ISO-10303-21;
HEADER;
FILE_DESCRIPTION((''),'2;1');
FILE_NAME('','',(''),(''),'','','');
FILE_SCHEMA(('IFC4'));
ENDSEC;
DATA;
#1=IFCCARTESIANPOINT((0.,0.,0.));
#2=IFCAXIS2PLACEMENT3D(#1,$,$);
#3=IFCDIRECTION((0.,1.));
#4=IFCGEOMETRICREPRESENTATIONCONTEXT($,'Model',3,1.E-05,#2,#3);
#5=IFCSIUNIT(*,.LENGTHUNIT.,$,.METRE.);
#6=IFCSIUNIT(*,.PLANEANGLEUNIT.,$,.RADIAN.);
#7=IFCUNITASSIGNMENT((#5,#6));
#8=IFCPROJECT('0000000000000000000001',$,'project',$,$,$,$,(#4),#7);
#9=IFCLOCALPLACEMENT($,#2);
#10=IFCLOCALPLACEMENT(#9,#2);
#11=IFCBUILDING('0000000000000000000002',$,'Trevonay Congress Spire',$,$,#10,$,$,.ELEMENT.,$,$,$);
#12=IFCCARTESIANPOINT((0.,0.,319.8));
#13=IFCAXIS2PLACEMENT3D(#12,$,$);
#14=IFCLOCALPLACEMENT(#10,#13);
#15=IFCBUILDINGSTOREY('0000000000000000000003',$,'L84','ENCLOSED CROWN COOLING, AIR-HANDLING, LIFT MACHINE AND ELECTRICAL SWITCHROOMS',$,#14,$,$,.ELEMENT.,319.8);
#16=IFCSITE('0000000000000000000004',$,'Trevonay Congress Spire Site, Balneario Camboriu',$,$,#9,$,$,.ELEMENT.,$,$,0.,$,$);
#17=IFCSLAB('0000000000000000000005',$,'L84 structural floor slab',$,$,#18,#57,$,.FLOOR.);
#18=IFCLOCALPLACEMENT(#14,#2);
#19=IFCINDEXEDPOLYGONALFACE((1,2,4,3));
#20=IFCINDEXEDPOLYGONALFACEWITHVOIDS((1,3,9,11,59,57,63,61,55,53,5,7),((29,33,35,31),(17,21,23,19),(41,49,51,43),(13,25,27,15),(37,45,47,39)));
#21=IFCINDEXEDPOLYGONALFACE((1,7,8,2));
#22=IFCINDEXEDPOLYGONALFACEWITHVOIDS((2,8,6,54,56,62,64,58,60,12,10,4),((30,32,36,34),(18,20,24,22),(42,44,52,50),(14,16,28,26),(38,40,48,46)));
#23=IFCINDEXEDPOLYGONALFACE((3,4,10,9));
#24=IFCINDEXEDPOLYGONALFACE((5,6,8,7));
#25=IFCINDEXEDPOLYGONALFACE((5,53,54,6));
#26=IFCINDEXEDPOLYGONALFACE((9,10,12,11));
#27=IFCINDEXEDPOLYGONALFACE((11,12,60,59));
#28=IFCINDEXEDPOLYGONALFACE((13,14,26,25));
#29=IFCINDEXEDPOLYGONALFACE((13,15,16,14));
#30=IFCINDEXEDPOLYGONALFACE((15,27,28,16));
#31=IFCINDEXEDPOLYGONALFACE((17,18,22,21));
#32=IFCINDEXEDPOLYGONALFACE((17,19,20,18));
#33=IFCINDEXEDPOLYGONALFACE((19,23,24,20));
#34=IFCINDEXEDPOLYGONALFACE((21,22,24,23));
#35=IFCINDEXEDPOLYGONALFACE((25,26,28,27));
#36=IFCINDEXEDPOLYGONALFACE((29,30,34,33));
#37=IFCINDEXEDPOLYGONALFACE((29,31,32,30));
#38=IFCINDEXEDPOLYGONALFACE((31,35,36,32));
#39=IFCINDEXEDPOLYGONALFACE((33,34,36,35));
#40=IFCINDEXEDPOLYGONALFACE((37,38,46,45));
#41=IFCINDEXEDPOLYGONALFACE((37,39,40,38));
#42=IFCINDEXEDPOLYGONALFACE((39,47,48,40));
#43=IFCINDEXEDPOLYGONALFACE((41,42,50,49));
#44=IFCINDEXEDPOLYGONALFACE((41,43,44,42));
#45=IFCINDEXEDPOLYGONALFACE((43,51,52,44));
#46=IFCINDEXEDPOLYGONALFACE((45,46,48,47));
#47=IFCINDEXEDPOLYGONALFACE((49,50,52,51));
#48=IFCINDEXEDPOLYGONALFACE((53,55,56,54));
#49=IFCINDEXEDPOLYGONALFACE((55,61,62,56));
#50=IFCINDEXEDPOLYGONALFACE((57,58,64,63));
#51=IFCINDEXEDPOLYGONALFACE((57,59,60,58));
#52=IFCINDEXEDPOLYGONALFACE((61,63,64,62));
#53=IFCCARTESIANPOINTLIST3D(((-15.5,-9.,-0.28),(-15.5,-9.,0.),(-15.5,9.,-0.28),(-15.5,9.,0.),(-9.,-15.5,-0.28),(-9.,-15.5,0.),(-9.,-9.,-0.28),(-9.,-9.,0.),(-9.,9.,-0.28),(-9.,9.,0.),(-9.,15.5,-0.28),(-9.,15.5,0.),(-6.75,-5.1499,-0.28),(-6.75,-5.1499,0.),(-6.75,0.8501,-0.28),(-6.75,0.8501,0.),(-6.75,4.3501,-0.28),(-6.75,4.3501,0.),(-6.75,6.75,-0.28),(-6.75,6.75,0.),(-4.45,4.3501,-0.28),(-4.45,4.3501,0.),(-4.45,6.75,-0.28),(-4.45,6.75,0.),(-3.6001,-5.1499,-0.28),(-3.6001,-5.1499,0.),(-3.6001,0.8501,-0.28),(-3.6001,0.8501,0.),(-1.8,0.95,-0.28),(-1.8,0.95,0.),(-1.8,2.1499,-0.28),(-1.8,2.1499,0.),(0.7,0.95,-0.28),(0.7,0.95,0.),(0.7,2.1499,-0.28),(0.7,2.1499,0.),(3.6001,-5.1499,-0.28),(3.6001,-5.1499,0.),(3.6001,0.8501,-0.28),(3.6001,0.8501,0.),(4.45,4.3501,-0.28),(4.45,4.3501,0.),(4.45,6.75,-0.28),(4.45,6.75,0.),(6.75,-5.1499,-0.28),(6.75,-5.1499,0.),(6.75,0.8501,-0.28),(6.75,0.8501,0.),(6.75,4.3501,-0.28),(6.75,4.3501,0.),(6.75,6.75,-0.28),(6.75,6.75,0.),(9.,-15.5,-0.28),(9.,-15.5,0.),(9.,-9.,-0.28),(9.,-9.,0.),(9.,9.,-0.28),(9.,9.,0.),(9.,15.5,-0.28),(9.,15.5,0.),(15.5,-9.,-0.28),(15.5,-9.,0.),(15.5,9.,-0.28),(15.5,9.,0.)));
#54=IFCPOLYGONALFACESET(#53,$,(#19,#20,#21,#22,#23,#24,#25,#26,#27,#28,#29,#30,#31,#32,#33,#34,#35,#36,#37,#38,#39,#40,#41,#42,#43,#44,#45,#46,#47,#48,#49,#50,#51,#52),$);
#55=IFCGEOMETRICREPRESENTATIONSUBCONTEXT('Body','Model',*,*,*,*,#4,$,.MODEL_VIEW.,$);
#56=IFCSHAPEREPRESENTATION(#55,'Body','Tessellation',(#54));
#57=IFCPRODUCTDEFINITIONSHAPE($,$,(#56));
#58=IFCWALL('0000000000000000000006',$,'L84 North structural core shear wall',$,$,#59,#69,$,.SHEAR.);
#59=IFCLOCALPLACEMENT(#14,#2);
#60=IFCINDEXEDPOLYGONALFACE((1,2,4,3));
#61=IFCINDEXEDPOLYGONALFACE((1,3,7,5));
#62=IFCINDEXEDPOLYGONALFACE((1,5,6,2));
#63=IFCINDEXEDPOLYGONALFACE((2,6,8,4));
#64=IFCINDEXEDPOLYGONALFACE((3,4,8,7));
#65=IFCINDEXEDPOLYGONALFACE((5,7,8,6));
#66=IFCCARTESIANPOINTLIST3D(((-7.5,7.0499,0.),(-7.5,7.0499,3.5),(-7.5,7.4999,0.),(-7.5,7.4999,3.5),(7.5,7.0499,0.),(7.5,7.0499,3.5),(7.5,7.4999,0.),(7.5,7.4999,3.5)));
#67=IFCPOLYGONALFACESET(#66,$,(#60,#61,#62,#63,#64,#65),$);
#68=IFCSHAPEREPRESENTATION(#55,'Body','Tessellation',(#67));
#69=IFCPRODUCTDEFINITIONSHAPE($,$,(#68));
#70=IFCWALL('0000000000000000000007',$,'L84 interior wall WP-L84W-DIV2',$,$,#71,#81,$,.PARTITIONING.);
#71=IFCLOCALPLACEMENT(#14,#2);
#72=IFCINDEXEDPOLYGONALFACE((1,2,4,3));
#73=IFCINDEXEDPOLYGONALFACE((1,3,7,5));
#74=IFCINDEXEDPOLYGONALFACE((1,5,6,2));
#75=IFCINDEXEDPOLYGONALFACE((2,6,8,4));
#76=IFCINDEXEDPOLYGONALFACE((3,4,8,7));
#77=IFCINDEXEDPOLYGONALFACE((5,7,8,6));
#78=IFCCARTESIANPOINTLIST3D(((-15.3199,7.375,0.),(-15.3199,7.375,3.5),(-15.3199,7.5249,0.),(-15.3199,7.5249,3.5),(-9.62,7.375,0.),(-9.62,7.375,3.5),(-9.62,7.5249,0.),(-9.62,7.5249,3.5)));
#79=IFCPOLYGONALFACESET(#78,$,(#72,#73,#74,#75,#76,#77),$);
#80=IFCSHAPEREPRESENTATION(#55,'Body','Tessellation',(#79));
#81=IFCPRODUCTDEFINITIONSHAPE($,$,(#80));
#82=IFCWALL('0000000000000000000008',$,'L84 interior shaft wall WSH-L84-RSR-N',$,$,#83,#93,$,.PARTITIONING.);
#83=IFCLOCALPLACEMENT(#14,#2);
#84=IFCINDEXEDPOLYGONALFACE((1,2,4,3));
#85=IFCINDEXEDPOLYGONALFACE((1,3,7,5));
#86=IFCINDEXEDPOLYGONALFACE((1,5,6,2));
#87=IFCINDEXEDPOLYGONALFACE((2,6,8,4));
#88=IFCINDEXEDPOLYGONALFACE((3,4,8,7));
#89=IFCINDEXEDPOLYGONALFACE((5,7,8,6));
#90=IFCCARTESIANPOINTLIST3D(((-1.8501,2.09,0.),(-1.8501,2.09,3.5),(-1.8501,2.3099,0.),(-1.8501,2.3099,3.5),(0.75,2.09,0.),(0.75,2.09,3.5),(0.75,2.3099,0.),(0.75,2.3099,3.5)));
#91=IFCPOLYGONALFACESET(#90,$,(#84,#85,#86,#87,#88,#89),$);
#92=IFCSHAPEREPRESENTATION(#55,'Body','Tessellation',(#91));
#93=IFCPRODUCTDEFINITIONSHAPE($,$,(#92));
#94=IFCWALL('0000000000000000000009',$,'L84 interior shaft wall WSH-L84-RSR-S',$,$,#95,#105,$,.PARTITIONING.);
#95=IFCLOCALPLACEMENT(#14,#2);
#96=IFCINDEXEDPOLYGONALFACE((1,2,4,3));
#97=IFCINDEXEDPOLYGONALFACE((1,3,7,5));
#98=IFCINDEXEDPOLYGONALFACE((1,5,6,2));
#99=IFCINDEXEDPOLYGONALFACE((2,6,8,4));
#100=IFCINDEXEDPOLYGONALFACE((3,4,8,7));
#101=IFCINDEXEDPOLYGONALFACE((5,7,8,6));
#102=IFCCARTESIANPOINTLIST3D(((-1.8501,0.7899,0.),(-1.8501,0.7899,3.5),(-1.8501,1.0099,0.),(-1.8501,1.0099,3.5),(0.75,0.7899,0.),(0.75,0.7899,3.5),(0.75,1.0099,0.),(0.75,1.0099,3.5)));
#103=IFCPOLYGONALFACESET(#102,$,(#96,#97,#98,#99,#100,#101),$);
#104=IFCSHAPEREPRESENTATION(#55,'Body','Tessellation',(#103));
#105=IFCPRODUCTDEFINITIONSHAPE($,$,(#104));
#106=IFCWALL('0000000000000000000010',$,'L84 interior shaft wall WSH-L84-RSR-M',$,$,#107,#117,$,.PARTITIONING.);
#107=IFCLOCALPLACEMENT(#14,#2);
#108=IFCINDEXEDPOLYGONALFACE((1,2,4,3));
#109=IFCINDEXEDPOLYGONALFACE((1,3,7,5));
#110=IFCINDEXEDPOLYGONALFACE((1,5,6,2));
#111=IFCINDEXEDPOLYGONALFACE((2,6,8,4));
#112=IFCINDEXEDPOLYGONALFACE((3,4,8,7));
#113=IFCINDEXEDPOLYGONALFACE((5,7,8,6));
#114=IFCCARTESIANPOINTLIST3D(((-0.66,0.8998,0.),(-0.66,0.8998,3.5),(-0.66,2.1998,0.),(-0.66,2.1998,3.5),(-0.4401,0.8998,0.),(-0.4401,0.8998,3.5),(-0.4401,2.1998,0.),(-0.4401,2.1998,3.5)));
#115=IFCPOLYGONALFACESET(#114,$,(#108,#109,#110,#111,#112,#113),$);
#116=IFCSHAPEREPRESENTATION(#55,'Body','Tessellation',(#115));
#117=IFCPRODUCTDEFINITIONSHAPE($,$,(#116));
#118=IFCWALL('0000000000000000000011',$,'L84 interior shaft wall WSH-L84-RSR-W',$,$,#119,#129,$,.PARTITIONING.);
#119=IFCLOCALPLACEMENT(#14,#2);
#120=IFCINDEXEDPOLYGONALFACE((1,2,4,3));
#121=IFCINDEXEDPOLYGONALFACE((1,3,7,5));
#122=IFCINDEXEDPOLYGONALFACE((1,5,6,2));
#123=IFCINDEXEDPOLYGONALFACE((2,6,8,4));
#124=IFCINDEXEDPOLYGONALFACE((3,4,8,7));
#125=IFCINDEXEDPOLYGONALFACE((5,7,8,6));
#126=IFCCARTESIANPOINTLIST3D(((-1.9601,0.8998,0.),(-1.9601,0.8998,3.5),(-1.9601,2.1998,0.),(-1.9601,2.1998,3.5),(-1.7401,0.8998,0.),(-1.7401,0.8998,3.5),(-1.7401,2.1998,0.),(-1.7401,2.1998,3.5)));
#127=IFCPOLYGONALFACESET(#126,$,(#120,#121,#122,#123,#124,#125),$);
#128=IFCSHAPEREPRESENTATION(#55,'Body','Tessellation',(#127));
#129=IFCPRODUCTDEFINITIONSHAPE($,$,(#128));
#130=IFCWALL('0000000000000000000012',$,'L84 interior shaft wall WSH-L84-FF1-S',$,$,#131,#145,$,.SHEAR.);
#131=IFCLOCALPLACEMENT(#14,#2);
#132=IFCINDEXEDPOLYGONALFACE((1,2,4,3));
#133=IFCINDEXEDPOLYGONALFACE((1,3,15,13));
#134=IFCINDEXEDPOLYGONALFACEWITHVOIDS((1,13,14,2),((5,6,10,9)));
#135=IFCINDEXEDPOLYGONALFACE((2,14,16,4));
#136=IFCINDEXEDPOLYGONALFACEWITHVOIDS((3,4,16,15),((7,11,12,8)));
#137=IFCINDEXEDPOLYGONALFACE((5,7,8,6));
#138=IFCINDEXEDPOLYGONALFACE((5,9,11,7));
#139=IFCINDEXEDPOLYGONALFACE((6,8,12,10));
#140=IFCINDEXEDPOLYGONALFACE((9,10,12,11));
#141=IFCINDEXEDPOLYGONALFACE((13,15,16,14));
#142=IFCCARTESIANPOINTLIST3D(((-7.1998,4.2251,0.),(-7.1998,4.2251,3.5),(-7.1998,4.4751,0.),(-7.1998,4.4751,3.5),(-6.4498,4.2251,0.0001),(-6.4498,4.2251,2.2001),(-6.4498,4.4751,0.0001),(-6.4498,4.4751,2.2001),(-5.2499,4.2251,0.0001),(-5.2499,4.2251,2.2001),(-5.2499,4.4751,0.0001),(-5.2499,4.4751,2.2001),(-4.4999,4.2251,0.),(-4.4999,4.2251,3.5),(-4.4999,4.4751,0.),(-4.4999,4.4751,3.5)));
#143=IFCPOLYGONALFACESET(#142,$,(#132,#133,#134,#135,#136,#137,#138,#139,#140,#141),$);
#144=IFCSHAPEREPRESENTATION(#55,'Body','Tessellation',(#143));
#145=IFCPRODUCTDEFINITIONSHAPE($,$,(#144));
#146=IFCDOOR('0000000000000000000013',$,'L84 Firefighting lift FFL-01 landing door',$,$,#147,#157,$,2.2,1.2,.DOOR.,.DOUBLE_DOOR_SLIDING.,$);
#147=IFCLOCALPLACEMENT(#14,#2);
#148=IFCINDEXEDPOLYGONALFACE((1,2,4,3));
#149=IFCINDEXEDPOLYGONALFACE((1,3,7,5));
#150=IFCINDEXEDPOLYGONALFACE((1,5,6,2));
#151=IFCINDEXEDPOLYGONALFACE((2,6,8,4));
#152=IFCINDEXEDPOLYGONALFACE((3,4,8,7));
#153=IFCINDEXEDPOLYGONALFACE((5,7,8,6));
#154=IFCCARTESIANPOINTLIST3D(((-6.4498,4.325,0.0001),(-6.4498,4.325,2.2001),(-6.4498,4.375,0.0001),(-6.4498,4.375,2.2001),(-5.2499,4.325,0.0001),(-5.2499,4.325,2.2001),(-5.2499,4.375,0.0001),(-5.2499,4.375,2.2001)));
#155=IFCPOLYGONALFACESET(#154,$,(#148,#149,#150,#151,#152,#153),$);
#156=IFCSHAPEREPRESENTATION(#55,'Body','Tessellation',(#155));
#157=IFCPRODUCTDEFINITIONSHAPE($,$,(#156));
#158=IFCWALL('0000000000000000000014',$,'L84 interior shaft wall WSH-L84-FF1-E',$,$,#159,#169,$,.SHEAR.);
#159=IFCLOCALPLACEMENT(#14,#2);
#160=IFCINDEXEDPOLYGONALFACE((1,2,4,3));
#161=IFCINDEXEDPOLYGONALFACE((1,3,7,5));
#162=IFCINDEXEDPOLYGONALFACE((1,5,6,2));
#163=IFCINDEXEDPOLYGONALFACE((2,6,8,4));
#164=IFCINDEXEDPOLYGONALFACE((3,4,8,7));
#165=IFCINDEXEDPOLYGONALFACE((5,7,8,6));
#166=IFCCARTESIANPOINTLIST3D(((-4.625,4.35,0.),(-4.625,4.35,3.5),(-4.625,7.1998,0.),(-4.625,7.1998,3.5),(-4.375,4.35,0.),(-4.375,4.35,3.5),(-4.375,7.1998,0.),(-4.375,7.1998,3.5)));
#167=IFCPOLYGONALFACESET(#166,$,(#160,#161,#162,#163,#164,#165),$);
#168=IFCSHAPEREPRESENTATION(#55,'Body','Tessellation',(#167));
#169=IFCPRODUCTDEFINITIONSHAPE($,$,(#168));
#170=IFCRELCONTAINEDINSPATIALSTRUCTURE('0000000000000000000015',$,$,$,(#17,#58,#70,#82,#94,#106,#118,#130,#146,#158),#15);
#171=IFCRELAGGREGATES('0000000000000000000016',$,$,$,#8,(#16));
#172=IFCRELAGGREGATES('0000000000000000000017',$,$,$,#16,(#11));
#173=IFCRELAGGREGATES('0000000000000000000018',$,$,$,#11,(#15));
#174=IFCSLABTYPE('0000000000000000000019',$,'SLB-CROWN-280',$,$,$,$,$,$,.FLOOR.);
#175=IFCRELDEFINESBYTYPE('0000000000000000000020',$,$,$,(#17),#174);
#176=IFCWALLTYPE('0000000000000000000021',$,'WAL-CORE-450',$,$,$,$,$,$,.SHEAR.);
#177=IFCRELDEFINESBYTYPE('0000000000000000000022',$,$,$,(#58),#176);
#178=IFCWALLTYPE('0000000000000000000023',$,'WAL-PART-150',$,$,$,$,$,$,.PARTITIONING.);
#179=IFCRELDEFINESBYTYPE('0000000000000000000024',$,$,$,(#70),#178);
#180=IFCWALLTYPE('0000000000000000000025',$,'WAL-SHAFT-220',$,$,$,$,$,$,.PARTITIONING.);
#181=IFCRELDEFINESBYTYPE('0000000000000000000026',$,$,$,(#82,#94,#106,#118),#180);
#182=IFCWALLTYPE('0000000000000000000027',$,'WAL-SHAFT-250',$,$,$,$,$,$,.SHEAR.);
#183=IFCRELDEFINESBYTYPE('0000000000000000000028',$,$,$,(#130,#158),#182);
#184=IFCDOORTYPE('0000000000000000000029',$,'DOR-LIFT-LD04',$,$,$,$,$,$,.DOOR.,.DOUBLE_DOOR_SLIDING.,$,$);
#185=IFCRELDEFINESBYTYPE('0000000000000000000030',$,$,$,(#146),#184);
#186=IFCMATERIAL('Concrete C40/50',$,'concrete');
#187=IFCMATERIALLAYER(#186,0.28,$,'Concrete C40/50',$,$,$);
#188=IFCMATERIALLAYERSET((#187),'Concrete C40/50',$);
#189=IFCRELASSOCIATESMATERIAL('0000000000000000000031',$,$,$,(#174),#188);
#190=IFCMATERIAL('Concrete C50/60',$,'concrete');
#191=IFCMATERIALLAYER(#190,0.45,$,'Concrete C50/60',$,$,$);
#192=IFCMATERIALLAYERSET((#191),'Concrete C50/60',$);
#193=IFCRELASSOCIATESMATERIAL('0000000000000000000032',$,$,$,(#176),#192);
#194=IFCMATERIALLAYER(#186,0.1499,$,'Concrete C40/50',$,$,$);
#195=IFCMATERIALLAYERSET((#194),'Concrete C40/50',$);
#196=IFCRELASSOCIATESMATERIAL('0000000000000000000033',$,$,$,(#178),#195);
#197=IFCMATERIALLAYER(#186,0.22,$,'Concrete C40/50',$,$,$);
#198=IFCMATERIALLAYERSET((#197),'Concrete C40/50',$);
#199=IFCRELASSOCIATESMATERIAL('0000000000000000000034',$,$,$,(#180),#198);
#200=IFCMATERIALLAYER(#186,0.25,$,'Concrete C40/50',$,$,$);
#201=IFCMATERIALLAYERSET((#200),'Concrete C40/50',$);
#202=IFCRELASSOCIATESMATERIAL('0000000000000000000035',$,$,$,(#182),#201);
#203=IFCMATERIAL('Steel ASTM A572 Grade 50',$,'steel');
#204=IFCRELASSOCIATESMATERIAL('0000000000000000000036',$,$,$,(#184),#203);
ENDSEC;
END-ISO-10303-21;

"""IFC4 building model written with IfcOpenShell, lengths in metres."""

from ifc_helpers import new_model, si_unit, direction, frame, frame_2d, origin, place, context, subcontext, project, spatial, polyline, rectangle, outline, extrude, material, layer, layer_set, type_object, element, fill, save


model = new_model("IFC4")

# Units and contexts
model_context = context("Model", 3, precision=1e-05, world=origin(), true_north=direction((0.0, 1.0)))
body_context = subcontext(model_context, "Body", "Model", "MODEL_VIEW")
ifc_project = project(units=[si_unit("LENGTHUNIT", "METRE"), si_unit("PLANEANGLEUNIT", "RADIAN")], contexts=[model_context])

# Site, building, storey
site_placement = place(None, origin())
site = spatial("IfcSite", under=ifc_project, at=site_placement, Name="Trevonay Congress Spire Site, Balneario Camboriu", CompositionType="ELEMENT", RefElevation=0.0)
building_placement = place(site_placement, origin())
building = spatial("IfcBuilding", under=site, at=building_placement, Name="Trevonay Congress Spire", CompositionType="ELEMENT")
storey_placement = place(building_placement, frame((0.0, 0.0, 319.8)))
storey = spatial("IfcBuildingStorey", under=building, at=storey_placement, Name="L84", Description="ENCLOSED CROWN COOLING, AIR-HANDLING, LIFT MACHINE AND ELECTRICAL SWITCHROOMS", CompositionType="ELEMENT", Elevation=319.8)

# Shared definitions
ifc_material_1 = material(Name="Steel ASTM A572 Grade 50", Category="steel")

# Slab
ifc_material_2 = material(Name="Concrete C40/50", Category="concrete")
ifc_layer_1 = layer(ifc_material_2, 0.28, Name="Concrete C40/50")
ifc_layer_set_1 = layer_set([ifc_layer_1], Name="Concrete C40/50")
slab_type = type_object("IfcSlabType", Name="SLB-CROWN-280", PredefinedType="FLOOR", material=ifc_layer_set_1)
slab_placement = place(storey_placement, frame((0.0, 0.0, -0.28)))
element("IfcSlab", 1, at=slab_placement, inside=storey, type_object=slab_type, Name="L84 structural floor slab", PredefinedType="FLOOR", context=body_context, shape_type="SweptSolid", body=[
    extrude(outline(polyline([(-9.0, -15.5), (9.0, -15.5), (9.0, -9.0), (15.5, -9.0), (15.5, 9.0), (9.0, 9.0), (9.0, 15.5), (-9.0, 15.5), (-9.0, 9.0), (-15.5, 9.0), (-15.5, -9.0), (-9.0, -9.0), (-9.0, -15.5)]), holes=[polyline([(-3.6001, -5.1499), (-3.6001, 0.8501), (-6.75, 0.8501), (-6.75, -5.1499), (-3.6001, -5.1499)]), polyline([(6.75, -5.1499), (6.75, 0.8501), (3.6001, 0.8501), (3.6001, -5.1499), (6.75, -5.1499)]), polyline([(-6.75, 4.3501), (-4.45, 4.3501), (-4.45, 6.75), (-6.75, 6.75), (-6.75, 4.3501)]), polyline([(4.45, 4.3501), (6.75, 4.3501), (6.75, 6.75), (4.45, 6.75), (4.45, 4.3501)]), polyline([(-1.8, 0.95), (0.7, 0.95), (0.7, 2.1499), (-1.8, 2.1499), (-1.8, 0.95)])]), origin(), (0.0, 0.0, 1.0), 0.28),
])

# Walls
ifc_material_3 = material(Name="Concrete C50/60", Category="concrete")
ifc_layer_2 = layer(ifc_material_3, 0.45, Name="Concrete C50/60")
ifc_layer_set_2 = layer_set([ifc_layer_2], Name="Concrete C50/60")
wall_type_1 = type_object("IfcWallType", Name="WAL-CORE-450", PredefinedType="SHEAR", material=ifc_layer_set_2)
wall_1_placement = place(storey_placement, frame((-7.5, 7.2749, 0.0), z_axis=(0.0, 0.0, 1.0), x_axis=(1.0, 0.0, 0.0)))
element("IfcWall", 2, at=wall_1_placement, inside=storey, type_object=wall_type_1, Name="L84 North structural core shear wall", PredefinedType="SHEAR", context=body_context, shape_type="SweptSolid", body=[
    extrude(rectangle(XDim=15.0, YDim=0.45, at=frame_2d((7.5, 0.0))), origin(), (0.0, 0.0, 1.0), 3.5),
])
ifc_layer_3 = layer(ifc_material_2, 0.1499, Name="Concrete C40/50")
ifc_layer_set_3 = layer_set([ifc_layer_3], Name="Concrete C40/50")
wall_type_2 = type_object("IfcWallType", Name="WAL-PART-150", PredefinedType="PARTITIONING", material=ifc_layer_set_3)
wall_2_placement = place(storey_placement, frame((-15.3201, 7.45, 0.0), z_axis=(0.0, 0.0, 1.0), x_axis=(1.0, 0.0, 0.0)))
element("IfcWall", 3, at=wall_2_placement, inside=storey, type_object=wall_type_2, Name="L84 interior wall WP-L84W-DIV2", PredefinedType="PARTITIONING", context=body_context, shape_type="SweptSolid", body=[
    extrude(rectangle(XDim=5.7, YDim=0.1499, at=frame_2d((2.8501, 0.0))), origin(), (0.0, 0.0, 1.0), 3.5),
])
ifc_layer_4 = layer(ifc_material_2, 0.22, Name="Concrete C40/50")
ifc_layer_set_4 = layer_set([ifc_layer_4], Name="Concrete C40/50")
wall_type_3 = type_object("IfcWallType", Name="WAL-SHAFT-220", PredefinedType="PARTITIONING", material=ifc_layer_set_4)
for number, where, z_axis, x_axis, name in (
    (4, (-1.8501, 2.2, 0.0), (0.0, 0.0, 1.0), (1.0, 0.0, 0.0), "L84 interior shaft wall WSH-L84-RSR-N"),
    (5, (-1.8501, 0.8999, 0.0), (0.0, 0.0, 1.0), (1.0, 0.0, 0.0), "L84 interior shaft wall WSH-L84-RSR-S"),
):
    element("IfcWall", number, at=place(storey_placement, frame(where, z_axis=z_axis, x_axis=x_axis)), inside=storey, type_object=wall_type_3, Name=name, PredefinedType="PARTITIONING", context=body_context, shape_type="SweptSolid", body=[
        extrude(rectangle(XDim=2.6001, YDim=0.22, at=frame_2d((1.3, 0.0))), origin(), (0.0, 0.0, 1.0), 3.5),
    ])
for number, where, z_axis, x_axis, name in (
    (6, (-0.55, 0.8999, 0.0), (0.0, 0.0, 1.0), (0.0, 1.0, 0.0), "L84 interior shaft wall WSH-L84-RSR-M"),
    (7, (-1.8501, 0.8999, 0.0), (0.0, 0.0, 1.0), (0.0, 1.0, 0.0), "L84 interior shaft wall WSH-L84-RSR-W"),
):
    element("IfcWall", number, at=place(storey_placement, frame(where, z_axis=z_axis, x_axis=x_axis)), inside=storey, type_object=wall_type_3, Name=name, PredefinedType="PARTITIONING", context=body_context, shape_type="SweptSolid", body=[
        extrude(rectangle(XDim=1.3, YDim=0.22, at=frame_2d((0.6499, 0.0))), origin(), (0.0, 0.0, 1.0), 3.5),
    ])

# Wall, opening, door
ifc_layer_5 = layer(ifc_material_2, 0.25, Name="Concrete C40/50")
ifc_layer_set_5 = layer_set([ifc_layer_5], Name="Concrete C40/50")
wall_type_4 = type_object("IfcWallType", Name="WAL-SHAFT-250", PredefinedType="SHEAR", material=ifc_layer_set_5)
wall_3_placement = place(storey_placement, frame((-7.2, 4.3501, 0.0), z_axis=(0.0, 0.0, 1.0), x_axis=(1.0, 0.0, 0.0)))
wall_3 = element("IfcWall", 8, at=wall_3_placement, inside=storey, type_object=wall_type_4, Name="L84 interior shaft wall WSH-L84-FF1-S", PredefinedType="SHEAR", context=body_context, shape_type="SweptSolid", body=[
    extrude(rectangle(XDim=2.7, YDim=0.25, at=frame_2d((1.3501, 0.0))), origin(), (0.0, 0.0, 1.0), 3.5),
])
opening_1_placement = place(wall_3_placement, frame((0.75, 0.0, 0.0)))
opening_1 = element("IfcOpeningElement", 9, at=opening_1_placement, cuts=wall_3, PredefinedType="OPENING", context=body_context, shape_type="SweptSolid", body=[
    extrude(rectangle(XDim=1.2, YDim=2.2, at=frame_2d((0.6001, 1.1001))), frame((0.0, 0.135, 0.0), z_axis=(0.0, -1.0, 0.0), x_axis=(1.0, 0.0, 0.0)), (0.0, 0.0, 1.0), 0.27),
])
door_type_1 = type_object("IfcDoorType", Name="DOR-LIFT-LD04", OperationType="DOUBLE_DOOR_SLIDING", PredefinedType="DOOR", material=ifc_material_1)
door_1_placement = place(opening_1_placement, origin())
door_1 = element("IfcDoor", 10, at=door_1_placement, inside=storey, type_object=door_type_1, Name="L84 Firefighting lift FFL-01 landing door", OperationType="DOUBLE_DOOR_SLIDING", OverallHeight=2.2, OverallWidth=1.2, PredefinedType="DOOR", context=body_context, shape_type="SweptSolid", body=[
    extrude(rectangle(XDim=1.2, YDim=2.2, at=frame_2d((0.6001, 1.1001))), frame((0.0, 0.0249, 0.0), z_axis=(0.0, -1.0, 0.0), x_axis=(1.0, 0.0, 0.0)), (0.0, 0.0, 1.0), 0.05),
])
fill(opening_1, door_1)

# Wall
wall_4_placement = place(storey_placement, frame((-4.5, 4.3501, 0.0), z_axis=(0.0, 0.0, 1.0), x_axis=(0.0, 1.0, 0.0)))
element("IfcWall", 11, at=wall_4_placement, inside=storey, type_object=wall_type_4, Name="L84 interior shaft wall WSH-L84-FF1-E", PredefinedType="SHEAR", context=body_context, shape_type="SweptSolid", body=[
    extrude(rectangle(XDim=2.8499, YDim=0.25, at=frame_2d((1.4248, 0.0))), origin(), (0.0, 0.0, 1.0), 3.5),
])

save(model, "model.ifc")
